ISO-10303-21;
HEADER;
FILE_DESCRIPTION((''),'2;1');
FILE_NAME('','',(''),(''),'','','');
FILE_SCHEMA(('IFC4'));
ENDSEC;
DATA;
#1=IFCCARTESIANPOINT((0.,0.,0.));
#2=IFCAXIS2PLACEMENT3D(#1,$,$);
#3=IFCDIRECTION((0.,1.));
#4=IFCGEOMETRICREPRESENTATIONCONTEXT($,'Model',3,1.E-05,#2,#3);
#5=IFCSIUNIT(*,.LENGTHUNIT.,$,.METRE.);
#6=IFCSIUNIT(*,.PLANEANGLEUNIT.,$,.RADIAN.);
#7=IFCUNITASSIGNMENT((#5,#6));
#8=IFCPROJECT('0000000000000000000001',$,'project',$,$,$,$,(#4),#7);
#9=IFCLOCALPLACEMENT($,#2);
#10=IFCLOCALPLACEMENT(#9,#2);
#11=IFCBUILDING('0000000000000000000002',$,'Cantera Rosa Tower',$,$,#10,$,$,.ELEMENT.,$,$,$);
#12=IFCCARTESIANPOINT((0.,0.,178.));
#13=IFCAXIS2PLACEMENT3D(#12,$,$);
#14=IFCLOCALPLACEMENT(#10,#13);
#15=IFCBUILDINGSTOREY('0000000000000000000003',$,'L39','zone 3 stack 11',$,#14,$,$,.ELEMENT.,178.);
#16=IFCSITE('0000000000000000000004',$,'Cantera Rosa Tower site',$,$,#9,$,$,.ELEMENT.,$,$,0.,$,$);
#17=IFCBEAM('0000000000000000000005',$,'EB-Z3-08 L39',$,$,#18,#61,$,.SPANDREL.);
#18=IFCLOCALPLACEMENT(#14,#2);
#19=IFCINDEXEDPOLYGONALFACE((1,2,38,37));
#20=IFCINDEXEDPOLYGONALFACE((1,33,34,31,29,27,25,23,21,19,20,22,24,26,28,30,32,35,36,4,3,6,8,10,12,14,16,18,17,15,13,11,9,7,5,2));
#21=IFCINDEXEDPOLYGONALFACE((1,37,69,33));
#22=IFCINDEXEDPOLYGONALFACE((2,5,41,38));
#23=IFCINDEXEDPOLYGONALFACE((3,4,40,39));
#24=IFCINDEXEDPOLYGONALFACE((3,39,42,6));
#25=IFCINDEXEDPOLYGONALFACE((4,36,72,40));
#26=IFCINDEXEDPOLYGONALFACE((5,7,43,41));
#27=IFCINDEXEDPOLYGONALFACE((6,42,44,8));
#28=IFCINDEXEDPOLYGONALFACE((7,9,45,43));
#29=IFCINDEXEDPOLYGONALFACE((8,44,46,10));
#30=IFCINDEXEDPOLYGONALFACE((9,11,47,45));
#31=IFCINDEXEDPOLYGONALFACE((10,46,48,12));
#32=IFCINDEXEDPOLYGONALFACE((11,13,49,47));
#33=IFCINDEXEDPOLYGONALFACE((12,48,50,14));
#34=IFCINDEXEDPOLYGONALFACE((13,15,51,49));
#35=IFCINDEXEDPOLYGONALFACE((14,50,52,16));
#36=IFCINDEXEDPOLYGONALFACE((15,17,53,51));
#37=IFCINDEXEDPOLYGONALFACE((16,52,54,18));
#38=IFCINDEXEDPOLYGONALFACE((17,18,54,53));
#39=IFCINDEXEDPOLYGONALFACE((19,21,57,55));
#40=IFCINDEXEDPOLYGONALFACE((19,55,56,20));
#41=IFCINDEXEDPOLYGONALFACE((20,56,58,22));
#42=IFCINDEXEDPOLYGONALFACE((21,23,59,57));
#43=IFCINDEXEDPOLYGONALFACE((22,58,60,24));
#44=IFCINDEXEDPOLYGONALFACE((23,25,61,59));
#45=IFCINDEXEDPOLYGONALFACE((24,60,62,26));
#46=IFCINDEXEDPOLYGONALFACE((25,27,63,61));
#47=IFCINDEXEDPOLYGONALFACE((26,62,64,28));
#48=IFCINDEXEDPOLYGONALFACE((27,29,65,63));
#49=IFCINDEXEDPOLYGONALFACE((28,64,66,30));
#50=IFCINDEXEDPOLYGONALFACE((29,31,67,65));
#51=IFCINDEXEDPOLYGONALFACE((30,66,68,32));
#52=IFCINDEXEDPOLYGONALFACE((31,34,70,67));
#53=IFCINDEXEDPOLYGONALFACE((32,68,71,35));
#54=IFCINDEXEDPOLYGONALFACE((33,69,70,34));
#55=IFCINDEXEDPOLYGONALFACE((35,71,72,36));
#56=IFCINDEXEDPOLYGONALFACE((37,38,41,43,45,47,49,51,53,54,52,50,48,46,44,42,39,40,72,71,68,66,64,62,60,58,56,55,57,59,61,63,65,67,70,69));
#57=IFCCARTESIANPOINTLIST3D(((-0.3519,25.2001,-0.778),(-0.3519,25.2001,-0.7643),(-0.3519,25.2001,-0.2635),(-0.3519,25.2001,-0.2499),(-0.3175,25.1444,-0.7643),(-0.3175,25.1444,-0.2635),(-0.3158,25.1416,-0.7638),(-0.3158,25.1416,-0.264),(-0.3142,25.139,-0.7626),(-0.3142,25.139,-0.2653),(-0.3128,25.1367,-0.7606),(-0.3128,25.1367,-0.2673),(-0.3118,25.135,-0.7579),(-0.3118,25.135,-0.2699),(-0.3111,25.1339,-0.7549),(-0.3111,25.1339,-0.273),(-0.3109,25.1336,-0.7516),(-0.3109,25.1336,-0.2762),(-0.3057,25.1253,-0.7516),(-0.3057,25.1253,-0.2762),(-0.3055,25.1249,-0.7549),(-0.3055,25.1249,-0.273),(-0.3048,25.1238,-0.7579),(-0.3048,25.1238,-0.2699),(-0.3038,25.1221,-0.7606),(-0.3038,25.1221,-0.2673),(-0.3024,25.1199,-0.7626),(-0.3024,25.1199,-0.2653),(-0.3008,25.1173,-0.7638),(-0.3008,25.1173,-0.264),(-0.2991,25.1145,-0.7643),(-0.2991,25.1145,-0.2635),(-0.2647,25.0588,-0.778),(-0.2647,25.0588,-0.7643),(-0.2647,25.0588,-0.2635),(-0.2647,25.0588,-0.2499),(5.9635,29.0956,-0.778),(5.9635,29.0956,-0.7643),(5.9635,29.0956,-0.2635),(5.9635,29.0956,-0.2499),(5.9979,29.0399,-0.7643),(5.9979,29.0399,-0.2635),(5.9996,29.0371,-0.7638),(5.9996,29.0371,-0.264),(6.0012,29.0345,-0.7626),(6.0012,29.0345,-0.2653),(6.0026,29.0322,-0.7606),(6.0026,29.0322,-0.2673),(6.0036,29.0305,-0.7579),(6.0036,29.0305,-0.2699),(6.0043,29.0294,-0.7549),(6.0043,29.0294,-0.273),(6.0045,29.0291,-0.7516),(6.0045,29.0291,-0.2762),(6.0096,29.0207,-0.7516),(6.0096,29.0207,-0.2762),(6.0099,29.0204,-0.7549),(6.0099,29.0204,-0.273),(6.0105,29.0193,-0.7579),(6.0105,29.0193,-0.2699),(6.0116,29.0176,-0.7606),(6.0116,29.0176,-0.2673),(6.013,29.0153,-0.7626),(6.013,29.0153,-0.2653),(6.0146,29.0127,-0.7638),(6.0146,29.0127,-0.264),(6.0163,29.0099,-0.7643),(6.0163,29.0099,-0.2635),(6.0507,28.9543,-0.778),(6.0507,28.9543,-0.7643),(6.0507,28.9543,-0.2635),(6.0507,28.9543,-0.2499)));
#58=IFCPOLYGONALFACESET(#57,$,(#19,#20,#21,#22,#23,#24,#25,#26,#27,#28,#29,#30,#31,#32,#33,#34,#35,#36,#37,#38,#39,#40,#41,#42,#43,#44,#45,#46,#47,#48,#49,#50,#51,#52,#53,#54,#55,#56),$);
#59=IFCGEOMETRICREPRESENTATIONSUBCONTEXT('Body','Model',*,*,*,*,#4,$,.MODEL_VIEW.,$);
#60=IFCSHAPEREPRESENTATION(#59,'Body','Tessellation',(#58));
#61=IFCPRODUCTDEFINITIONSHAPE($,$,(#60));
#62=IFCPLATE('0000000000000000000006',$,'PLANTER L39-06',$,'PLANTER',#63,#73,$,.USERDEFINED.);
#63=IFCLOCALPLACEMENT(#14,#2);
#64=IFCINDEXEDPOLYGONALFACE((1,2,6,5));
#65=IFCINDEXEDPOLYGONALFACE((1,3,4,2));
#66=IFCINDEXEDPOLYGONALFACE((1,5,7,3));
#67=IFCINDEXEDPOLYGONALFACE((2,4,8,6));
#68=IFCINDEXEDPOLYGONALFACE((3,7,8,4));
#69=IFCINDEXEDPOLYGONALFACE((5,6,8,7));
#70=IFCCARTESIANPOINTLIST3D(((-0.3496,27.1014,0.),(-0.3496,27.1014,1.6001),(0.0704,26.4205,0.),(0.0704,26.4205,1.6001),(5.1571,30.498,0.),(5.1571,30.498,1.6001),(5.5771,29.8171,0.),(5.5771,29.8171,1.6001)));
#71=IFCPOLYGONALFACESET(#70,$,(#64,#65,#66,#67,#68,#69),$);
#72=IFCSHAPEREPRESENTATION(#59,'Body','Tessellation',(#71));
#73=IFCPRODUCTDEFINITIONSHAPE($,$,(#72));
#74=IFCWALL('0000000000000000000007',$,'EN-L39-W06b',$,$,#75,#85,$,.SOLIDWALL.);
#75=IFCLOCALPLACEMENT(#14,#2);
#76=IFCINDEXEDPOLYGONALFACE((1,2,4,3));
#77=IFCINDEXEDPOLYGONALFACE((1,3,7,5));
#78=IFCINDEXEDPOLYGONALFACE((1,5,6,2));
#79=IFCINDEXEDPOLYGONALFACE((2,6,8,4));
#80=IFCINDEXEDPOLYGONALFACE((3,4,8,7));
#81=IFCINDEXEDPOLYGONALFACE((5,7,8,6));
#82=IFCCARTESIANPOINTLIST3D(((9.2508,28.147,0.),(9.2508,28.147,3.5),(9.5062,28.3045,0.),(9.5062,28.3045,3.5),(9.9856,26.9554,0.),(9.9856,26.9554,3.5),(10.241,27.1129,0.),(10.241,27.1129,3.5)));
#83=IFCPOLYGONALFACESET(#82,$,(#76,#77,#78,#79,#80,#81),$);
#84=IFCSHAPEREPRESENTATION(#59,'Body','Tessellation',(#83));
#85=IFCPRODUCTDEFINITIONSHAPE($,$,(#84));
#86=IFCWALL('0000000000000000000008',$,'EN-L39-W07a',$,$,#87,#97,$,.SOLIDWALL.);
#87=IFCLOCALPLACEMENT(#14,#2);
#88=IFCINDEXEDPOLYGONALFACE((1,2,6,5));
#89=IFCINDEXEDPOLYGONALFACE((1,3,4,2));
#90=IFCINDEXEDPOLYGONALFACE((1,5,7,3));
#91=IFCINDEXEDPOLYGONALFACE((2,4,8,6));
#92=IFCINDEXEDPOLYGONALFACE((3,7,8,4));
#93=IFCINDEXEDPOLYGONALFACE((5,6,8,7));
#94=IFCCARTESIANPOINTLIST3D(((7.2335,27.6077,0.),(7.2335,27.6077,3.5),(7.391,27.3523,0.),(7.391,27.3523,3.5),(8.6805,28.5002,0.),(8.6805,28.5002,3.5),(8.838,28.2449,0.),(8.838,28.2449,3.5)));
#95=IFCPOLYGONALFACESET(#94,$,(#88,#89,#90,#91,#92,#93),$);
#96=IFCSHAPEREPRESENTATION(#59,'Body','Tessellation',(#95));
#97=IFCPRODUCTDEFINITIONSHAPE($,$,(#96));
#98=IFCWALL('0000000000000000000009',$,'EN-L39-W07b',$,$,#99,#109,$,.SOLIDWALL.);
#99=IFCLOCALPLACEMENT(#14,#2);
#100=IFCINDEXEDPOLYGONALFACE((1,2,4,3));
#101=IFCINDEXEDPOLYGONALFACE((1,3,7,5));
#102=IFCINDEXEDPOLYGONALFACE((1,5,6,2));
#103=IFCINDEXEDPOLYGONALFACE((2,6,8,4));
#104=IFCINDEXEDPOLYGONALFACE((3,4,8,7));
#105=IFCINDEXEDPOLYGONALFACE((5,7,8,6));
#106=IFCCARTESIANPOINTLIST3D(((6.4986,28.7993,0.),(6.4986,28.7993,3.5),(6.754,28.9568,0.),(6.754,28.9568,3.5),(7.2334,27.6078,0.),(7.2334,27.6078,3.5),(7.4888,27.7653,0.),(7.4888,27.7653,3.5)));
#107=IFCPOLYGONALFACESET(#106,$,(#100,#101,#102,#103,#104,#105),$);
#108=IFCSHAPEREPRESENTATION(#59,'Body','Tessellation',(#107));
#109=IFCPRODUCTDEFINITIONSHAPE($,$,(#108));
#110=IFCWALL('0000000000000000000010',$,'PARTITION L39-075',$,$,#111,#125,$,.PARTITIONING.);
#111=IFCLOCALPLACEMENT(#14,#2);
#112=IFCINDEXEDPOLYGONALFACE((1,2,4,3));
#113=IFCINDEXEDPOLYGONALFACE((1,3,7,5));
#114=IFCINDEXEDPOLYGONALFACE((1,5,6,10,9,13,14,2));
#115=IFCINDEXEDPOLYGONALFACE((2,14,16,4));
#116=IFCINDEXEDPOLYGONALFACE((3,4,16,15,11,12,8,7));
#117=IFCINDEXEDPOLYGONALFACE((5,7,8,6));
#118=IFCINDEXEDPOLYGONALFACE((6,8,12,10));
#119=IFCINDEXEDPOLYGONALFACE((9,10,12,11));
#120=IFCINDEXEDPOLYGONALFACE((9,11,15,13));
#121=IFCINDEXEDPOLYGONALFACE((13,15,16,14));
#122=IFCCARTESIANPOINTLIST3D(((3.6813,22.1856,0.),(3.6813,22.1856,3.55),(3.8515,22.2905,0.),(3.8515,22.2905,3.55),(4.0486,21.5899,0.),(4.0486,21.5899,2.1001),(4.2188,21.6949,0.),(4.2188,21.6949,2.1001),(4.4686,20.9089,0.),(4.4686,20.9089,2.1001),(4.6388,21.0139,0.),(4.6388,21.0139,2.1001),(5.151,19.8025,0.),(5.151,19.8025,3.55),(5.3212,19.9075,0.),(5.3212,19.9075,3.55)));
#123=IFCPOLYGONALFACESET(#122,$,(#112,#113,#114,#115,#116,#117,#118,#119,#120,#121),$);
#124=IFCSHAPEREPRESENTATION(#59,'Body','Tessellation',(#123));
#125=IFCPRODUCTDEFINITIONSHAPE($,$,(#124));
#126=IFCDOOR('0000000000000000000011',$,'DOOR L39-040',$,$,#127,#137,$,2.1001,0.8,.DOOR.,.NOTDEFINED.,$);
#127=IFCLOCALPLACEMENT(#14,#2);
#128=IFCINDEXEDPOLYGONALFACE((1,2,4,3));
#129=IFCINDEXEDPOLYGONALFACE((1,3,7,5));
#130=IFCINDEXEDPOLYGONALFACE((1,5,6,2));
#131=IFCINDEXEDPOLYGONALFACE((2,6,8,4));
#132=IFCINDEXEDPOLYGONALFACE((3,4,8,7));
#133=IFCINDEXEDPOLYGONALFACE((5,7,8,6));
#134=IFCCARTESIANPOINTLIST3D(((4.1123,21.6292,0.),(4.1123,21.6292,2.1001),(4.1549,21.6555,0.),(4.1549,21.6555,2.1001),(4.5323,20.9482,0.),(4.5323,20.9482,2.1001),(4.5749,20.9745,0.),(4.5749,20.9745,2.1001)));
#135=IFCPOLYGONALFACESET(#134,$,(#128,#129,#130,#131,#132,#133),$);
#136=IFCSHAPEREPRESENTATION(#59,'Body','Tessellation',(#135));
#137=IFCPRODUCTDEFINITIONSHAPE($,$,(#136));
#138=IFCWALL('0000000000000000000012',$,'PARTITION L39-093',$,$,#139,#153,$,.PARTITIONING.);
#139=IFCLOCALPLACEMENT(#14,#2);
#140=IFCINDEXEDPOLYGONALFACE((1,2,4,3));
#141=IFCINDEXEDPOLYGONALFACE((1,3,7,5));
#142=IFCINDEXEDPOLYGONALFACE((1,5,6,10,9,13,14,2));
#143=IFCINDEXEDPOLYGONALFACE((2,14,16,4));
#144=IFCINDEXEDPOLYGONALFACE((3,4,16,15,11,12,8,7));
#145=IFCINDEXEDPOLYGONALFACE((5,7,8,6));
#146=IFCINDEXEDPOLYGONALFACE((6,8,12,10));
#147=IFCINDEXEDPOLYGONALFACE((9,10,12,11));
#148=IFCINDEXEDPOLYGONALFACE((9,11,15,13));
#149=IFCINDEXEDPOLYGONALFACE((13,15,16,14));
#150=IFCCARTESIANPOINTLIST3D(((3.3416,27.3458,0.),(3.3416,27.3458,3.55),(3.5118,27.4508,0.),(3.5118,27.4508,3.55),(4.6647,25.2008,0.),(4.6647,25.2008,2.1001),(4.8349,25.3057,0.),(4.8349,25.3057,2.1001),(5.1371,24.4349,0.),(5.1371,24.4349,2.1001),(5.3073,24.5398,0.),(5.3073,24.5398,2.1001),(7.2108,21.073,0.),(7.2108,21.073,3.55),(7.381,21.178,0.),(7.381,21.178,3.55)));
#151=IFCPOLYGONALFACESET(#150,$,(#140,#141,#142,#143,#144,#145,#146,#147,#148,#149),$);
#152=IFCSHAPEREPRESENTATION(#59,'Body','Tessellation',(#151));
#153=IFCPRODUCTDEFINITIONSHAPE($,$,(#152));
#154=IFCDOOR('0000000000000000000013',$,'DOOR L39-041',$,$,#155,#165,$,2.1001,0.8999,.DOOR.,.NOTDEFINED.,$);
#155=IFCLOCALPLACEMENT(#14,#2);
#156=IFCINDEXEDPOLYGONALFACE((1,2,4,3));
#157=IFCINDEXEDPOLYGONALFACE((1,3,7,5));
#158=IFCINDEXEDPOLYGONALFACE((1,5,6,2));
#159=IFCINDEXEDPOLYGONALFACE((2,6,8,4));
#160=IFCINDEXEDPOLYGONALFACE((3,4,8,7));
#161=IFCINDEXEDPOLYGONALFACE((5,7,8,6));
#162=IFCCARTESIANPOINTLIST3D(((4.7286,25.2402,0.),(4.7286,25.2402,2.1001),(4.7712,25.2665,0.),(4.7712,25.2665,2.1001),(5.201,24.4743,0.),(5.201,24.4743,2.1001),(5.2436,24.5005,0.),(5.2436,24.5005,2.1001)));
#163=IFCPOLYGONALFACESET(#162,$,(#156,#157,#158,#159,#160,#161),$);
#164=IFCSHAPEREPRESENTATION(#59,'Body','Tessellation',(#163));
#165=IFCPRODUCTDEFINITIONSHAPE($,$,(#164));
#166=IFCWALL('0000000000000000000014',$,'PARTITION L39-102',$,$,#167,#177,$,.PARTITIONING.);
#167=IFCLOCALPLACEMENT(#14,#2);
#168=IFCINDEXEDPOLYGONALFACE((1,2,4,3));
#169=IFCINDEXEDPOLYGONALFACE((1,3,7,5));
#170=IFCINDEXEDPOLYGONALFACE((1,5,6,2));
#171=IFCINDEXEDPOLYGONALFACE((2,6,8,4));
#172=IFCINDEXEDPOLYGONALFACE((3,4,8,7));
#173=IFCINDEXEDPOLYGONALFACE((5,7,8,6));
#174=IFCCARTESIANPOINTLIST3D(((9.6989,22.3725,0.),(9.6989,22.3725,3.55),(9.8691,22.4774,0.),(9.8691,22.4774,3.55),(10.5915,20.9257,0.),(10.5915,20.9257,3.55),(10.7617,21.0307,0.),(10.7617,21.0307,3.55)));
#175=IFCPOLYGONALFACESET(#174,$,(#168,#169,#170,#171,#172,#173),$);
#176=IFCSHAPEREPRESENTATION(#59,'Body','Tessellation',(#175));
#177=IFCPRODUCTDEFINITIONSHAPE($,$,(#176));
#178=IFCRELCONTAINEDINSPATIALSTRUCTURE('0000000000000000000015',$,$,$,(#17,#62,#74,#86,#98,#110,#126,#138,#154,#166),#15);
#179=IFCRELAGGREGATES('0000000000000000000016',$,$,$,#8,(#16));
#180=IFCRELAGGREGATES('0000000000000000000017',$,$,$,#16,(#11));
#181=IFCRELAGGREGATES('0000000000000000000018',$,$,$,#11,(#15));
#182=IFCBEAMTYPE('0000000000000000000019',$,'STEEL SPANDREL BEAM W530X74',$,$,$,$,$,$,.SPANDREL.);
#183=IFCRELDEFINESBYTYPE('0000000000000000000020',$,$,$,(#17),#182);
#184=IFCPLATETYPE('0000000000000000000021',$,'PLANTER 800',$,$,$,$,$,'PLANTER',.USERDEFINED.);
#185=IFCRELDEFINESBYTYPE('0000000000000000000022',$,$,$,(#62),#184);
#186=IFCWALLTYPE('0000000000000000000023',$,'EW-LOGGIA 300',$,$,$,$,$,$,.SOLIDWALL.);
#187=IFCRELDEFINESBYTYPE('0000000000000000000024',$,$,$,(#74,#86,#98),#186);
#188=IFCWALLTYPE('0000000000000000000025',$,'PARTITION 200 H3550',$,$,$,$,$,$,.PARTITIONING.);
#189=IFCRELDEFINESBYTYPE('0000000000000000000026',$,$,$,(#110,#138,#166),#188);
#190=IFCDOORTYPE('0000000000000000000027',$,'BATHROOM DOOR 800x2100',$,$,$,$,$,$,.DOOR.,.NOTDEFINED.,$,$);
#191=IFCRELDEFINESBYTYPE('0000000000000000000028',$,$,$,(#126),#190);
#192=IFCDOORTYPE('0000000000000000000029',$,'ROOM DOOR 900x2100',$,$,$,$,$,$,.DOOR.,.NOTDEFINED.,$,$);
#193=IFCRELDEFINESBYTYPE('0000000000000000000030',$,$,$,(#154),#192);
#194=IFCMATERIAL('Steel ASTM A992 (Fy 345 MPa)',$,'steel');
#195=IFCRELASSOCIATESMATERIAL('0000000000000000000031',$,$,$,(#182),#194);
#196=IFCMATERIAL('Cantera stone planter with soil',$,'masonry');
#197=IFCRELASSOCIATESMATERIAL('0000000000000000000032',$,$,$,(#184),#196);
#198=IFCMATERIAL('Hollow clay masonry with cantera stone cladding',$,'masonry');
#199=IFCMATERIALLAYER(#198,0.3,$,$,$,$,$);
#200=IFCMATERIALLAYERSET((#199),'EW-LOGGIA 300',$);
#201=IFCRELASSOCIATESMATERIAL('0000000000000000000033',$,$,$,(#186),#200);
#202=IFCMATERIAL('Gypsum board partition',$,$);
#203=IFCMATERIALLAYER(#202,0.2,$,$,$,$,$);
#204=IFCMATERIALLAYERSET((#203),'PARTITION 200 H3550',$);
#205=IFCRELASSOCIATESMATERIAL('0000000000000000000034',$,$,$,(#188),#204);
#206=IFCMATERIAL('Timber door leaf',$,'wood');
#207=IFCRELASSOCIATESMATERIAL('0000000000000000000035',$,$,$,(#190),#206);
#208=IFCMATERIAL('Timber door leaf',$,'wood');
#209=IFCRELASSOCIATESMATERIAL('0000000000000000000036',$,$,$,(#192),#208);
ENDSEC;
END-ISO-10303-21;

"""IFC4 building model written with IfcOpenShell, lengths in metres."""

from ifc_helpers import new_model, si_unit, direction, frame, frame_2d, origin, origin_2d, place, context, subcontext, project, spatial, rectangle, i_section, extrude, material, layer, layer_set, material_profile, profile_set, type_object, element, fill, save


model = new_model("IFC4")

# Units and contexts
model_context = context("Model", 3, precision=1e-05, world=origin(), true_north=direction((0.0, 1.0)))
body_context = subcontext(model_context, "Body", "Model", "MODEL_VIEW")
ifc_project = project(units=[si_unit("LENGTHUNIT", "METRE"), si_unit("PLANEANGLEUNIT", "RADIAN")], contexts=[model_context])

# Site, building, storey
site_placement = place(None, origin())
site = spatial("IfcSite", under=ifc_project, at=site_placement, Name="Cantera Rosa Tower site", CompositionType="ELEMENT", RefElevation=0.0)
building_placement = place(site_placement, origin())
building = spatial("IfcBuilding", under=site, at=building_placement, Name="Cantera Rosa Tower", CompositionType="ELEMENT")
storey_placement = place(building_placement, frame((0.0, 0.0, 178.0)))
storey = spatial("IfcBuildingStorey", under=building, at=storey_placement, Name="L39", Description="zone 3 stack 11", CompositionType="ELEMENT", Elevation=178.0)

# Beam
ifc_material_1 = material(Name="Steel ASTM A992 (Fy 345 MPa)", Category="steel")
ifc_material_profile_1 = material_profile(ifc_material_1, i_section(OverallWidth=0.166, OverallDepth=0.5281, WebThickness=0.0098, FlangeThickness=0.0137, FilletRadius=0.0127, at=origin_2d()), Name="W530X74")
ifc_profile_set_1 = profile_set([ifc_material_profile_1], Name="Steel ASTM A992 (Fy 345 MPa)")
beam_type_1 = type_object("IfcBeamType", Name="STEEL SPANDREL BEAM W530X74", PredefinedType="SPANDREL", material=ifc_profile_set_1)
beam_1_placement = place(storey_placement, frame((6.0071, 29.0249, -0.5139), z_axis=(-0.851111, -0.524986, 0.0), x_axis=(0.524986, -0.851111, 0.0)))
element("IfcBeam", 1, at=beam_1_placement, inside=storey, type_object=beam_type_1, Name="EB-Z3-08 L39", PredefinedType="SPANDREL", context=body_context, shape_type="SweptSolid", body=[
    extrude(i_section(OverallWidth=0.166, OverallDepth=0.5281, WebThickness=0.0098, FlangeThickness=0.0137, FilletRadius=0.0127, at=origin_2d()), origin(), (0.0, 0.0, 1.0), 7.4202),
])

# Plate
ifc_material_2 = material(Name="Cantera stone planter with soil", Category="masonry")
plate_type = type_object("IfcPlateType", Name="PLANTER 800", ElementType="PLANTER", PredefinedType="USERDEFINED", material=ifc_material_2)
plate_placement = place(storey_placement, frame((2.6138, 28.4592, 0.0), z_axis=(0.0, 0.0, 1.0), x_axis=(-0.851117, -0.524977, 0.0)))
element("IfcPlate", 2, at=plate_placement, inside=storey, type_object=plate_type, Name="PLANTER L39-06", ObjectType="PLANTER", PredefinedType="USERDEFINED", context=body_context, shape_type="SweptSolid", body=[
    extrude(rectangle(XDim=6.47, YDim=0.8, at=origin_2d()), origin(), (0.0, 0.0, 1.0), 1.6001),
])

# Walls
ifc_material_3 = material(Name="Hollow clay masonry with cantera stone cladding", Category="masonry")
ifc_layer_1 = layer(ifc_material_3, 0.3)
ifc_layer_set_1 = layer_set([ifc_layer_1], Name="EW-LOGGIA 300")
wall_type_1 = type_object("IfcWallType", Name="EW-LOGGIA 300", PredefinedType="SOLIDWALL", material=ifc_layer_set_1)
wall_1_placement = place(storey_placement, frame((10.1133, 27.0342, 0.0), z_axis=(0.0, 0.0, 1.0), x_axis=(-0.524895, 0.851167, 0.0)))
element("IfcWall", 3, at=wall_1_placement, inside=storey, type_object=wall_type_1, Name="EN-L39-W06b", PredefinedType="SOLIDWALL", context=body_context, shape_type="SweptSolid", body=[
    extrude(rectangle(XDim=1.3999, YDim=0.3, at=frame_2d((0.7, 0.0))), origin(), (0.0, 0.0, 1.0), 3.5),
])
wall_2_placement = place(storey_placement, frame((8.7593, 28.3726, 0.0), z_axis=(0.0, 0.0, 1.0), x_axis=(-0.851106, -0.524994, 0.0)))
element("IfcWall", 4, at=wall_2_placement, inside=storey, type_object=wall_type_1, Name="EN-L39-W07a", PredefinedType="SOLIDWALL", context=body_context, shape_type="SweptSolid", body=[
    extrude(rectangle(XDim=1.7002, YDim=0.3, at=frame_2d((0.8501, 0.0))), origin(), (0.0, 0.0, 1.0), 3.5),
])
wall_3_placement = place(storey_placement, frame((7.3611, 27.6865, 0.0), z_axis=(0.0, 0.0, 1.0), x_axis=(-0.524895, 0.851167, 0.0)))
element("IfcWall", 5, at=wall_3_placement, inside=storey, type_object=wall_type_1, Name="EN-L39-W07b", PredefinedType="SOLIDWALL", context=body_context, shape_type="SweptSolid", body=[
    extrude(rectangle(XDim=1.3999, YDim=0.3, at=frame_2d((0.7, 0.0))), origin(), (0.0, 0.0, 1.0), 3.5),
])

# Walls, openings, doors
ifc_material_4 = material(Name="Gypsum board partition")
ifc_layer_2 = layer(ifc_material_4, 0.2)
ifc_layer_set_2 = layer_set([ifc_layer_2], Name="PARTITION 200 H3550")
wall_type_2 = type_object("IfcWallType", Name="PARTITION 200 H3550", PredefinedType="PARTITIONING", material=ifc_layer_set_2)
wall_4_placement = place(storey_placement, frame((3.7664, 22.238, 0.0), z_axis=(0.0, 0.0, 1.0), x_axis=(0.524934, -0.851143, 0.0)))
wall_4 = element("IfcWall", 6, at=wall_4_placement, inside=storey, type_object=wall_type_2, Name="PARTITION L39-075", PredefinedType="PARTITIONING", context=body_context, shape_type="SweptSolid", body=[
    extrude(rectangle(XDim=2.7998, YDim=0.2, at=frame_2d((1.3999, 0.0))), origin(), (0.0, 0.0, 1.0), 3.55),
])
opening_1_placement = place(wall_4_placement, frame((0.7, 0.0, 0.0)))
opening_1 = element("IfcOpeningElement", 7, at=opening_1_placement, cuts=wall_4, PredefinedType="OPENING", context=body_context, shape_type="SweptSolid", body=[
    extrude(rectangle(XDim=0.8, YDim=2.1001, at=frame_2d((0.3999, 1.05))), frame((0.0, 0.1099, 0.0), z_axis=(0.0, -1.0, 0.0), x_axis=(1.0, 0.0, 0.0)), (0.0, 0.0, 1.0), 0.22),
])
ifc_material_5 = material(Name="Timber door leaf", Category="wood")
door_type_1 = type_object("IfcDoorType", Name="BATHROOM DOOR 800x2100", OperationType="NOTDEFINED", PredefinedType="DOOR", material=ifc_material_5)
door_1_placement = place(opening_1_placement, origin())
door_1 = element("IfcDoor", 8, at=door_1_placement, inside=storey, type_object=door_type_1, Name="DOOR L39-040", OperationType="NOTDEFINED", OverallHeight=2.1001, OverallWidth=0.8, PredefinedType="DOOR", context=body_context, shape_type="SweptSolid", body=[
    extrude(rectangle(XDim=0.8, YDim=2.1001, at=frame_2d((0.3999, 1.05))), frame((0.0, 0.0249, 0.0), z_axis=(0.0, -1.0, 0.0), x_axis=(1.0, 0.0, 0.0)), (0.0, 0.0, 1.0), 0.05),
])
fill(opening_1, door_1)
wall_5_placement = place(storey_placement, frame((7.2959, 21.1255, 0.0), z_axis=(0.0, 0.0, 1.0), x_axis=(-0.524984, 0.851112, 0.0)))
wall_5 = element("IfcWall", 9, at=wall_5_placement, inside=storey, type_object=wall_type_2, Name="PARTITION L39-093", PredefinedType="PARTITIONING", context=body_context, shape_type="SweptSolid", body=[
    extrude(rectangle(XDim=7.3701, YDim=0.2, at=frame_2d((3.6851, 0.0))), origin(), (0.0, 0.0, 1.0), 3.55),
])
opening_2_placement = place(wall_5_placement, frame((3.95, 0.0, 0.0)))
opening_2 = element("IfcOpeningElement", 10, at=opening_2_placement, cuts=wall_5, PredefinedType="OPENING", context=body_context, shape_type="SweptSolid", body=[
    extrude(rectangle(XDim=0.8999, YDim=2.1001, at=frame_2d((0.45, 1.05))), frame((0.0, 0.1099, 0.0), z_axis=(0.0, -1.0, 0.0), x_axis=(1.0, 0.0, 0.0)), (0.0, 0.0, 1.0), 0.22),
])
ifc_material_6 = material(Name="Timber door leaf", Category="wood")
door_type_2 = type_object("IfcDoorType", Name="ROOM DOOR 900x2100", OperationType="NOTDEFINED", PredefinedType="DOOR", material=ifc_material_6)
door_2_placement = place(opening_2_placement, origin())
door_2 = element("IfcDoor", 11, at=door_2_placement, inside=storey, type_object=door_type_2, Name="DOOR L39-041", OperationType="NOTDEFINED", OverallHeight=2.1001, OverallWidth=0.8999, PredefinedType="DOOR", context=body_context, shape_type="SweptSolid", body=[
    extrude(rectangle(XDim=0.8999, YDim=2.1001, at=frame_2d((0.45, 1.05))), frame((0.0, 0.0249, 0.0), z_axis=(0.0, -1.0, 0.0), x_axis=(1.0, 0.0, 0.0)), (0.0, 0.0, 1.0), 0.05),
])
fill(opening_2, door_2)

# Wall
wall_6_placement = place(storey_placement, frame((9.7839, 22.425, 0.0), z_axis=(0.0, 0.0, 1.0), x_axis=(0.525059, -0.851066, 0.0)))
element("IfcWall", 12, at=wall_6_placement, inside=storey, type_object=wall_type_2, Name="PARTITION L39-102", PredefinedType="PARTITIONING", context=body_context, shape_type="SweptSolid", body=[
    extrude(rectangle(XDim=1.7, YDim=0.2, at=frame_2d((0.8501, 0.0))), origin(), (0.0, 0.0, 1.0), 3.55),
])

save(model, "model.ifc")
